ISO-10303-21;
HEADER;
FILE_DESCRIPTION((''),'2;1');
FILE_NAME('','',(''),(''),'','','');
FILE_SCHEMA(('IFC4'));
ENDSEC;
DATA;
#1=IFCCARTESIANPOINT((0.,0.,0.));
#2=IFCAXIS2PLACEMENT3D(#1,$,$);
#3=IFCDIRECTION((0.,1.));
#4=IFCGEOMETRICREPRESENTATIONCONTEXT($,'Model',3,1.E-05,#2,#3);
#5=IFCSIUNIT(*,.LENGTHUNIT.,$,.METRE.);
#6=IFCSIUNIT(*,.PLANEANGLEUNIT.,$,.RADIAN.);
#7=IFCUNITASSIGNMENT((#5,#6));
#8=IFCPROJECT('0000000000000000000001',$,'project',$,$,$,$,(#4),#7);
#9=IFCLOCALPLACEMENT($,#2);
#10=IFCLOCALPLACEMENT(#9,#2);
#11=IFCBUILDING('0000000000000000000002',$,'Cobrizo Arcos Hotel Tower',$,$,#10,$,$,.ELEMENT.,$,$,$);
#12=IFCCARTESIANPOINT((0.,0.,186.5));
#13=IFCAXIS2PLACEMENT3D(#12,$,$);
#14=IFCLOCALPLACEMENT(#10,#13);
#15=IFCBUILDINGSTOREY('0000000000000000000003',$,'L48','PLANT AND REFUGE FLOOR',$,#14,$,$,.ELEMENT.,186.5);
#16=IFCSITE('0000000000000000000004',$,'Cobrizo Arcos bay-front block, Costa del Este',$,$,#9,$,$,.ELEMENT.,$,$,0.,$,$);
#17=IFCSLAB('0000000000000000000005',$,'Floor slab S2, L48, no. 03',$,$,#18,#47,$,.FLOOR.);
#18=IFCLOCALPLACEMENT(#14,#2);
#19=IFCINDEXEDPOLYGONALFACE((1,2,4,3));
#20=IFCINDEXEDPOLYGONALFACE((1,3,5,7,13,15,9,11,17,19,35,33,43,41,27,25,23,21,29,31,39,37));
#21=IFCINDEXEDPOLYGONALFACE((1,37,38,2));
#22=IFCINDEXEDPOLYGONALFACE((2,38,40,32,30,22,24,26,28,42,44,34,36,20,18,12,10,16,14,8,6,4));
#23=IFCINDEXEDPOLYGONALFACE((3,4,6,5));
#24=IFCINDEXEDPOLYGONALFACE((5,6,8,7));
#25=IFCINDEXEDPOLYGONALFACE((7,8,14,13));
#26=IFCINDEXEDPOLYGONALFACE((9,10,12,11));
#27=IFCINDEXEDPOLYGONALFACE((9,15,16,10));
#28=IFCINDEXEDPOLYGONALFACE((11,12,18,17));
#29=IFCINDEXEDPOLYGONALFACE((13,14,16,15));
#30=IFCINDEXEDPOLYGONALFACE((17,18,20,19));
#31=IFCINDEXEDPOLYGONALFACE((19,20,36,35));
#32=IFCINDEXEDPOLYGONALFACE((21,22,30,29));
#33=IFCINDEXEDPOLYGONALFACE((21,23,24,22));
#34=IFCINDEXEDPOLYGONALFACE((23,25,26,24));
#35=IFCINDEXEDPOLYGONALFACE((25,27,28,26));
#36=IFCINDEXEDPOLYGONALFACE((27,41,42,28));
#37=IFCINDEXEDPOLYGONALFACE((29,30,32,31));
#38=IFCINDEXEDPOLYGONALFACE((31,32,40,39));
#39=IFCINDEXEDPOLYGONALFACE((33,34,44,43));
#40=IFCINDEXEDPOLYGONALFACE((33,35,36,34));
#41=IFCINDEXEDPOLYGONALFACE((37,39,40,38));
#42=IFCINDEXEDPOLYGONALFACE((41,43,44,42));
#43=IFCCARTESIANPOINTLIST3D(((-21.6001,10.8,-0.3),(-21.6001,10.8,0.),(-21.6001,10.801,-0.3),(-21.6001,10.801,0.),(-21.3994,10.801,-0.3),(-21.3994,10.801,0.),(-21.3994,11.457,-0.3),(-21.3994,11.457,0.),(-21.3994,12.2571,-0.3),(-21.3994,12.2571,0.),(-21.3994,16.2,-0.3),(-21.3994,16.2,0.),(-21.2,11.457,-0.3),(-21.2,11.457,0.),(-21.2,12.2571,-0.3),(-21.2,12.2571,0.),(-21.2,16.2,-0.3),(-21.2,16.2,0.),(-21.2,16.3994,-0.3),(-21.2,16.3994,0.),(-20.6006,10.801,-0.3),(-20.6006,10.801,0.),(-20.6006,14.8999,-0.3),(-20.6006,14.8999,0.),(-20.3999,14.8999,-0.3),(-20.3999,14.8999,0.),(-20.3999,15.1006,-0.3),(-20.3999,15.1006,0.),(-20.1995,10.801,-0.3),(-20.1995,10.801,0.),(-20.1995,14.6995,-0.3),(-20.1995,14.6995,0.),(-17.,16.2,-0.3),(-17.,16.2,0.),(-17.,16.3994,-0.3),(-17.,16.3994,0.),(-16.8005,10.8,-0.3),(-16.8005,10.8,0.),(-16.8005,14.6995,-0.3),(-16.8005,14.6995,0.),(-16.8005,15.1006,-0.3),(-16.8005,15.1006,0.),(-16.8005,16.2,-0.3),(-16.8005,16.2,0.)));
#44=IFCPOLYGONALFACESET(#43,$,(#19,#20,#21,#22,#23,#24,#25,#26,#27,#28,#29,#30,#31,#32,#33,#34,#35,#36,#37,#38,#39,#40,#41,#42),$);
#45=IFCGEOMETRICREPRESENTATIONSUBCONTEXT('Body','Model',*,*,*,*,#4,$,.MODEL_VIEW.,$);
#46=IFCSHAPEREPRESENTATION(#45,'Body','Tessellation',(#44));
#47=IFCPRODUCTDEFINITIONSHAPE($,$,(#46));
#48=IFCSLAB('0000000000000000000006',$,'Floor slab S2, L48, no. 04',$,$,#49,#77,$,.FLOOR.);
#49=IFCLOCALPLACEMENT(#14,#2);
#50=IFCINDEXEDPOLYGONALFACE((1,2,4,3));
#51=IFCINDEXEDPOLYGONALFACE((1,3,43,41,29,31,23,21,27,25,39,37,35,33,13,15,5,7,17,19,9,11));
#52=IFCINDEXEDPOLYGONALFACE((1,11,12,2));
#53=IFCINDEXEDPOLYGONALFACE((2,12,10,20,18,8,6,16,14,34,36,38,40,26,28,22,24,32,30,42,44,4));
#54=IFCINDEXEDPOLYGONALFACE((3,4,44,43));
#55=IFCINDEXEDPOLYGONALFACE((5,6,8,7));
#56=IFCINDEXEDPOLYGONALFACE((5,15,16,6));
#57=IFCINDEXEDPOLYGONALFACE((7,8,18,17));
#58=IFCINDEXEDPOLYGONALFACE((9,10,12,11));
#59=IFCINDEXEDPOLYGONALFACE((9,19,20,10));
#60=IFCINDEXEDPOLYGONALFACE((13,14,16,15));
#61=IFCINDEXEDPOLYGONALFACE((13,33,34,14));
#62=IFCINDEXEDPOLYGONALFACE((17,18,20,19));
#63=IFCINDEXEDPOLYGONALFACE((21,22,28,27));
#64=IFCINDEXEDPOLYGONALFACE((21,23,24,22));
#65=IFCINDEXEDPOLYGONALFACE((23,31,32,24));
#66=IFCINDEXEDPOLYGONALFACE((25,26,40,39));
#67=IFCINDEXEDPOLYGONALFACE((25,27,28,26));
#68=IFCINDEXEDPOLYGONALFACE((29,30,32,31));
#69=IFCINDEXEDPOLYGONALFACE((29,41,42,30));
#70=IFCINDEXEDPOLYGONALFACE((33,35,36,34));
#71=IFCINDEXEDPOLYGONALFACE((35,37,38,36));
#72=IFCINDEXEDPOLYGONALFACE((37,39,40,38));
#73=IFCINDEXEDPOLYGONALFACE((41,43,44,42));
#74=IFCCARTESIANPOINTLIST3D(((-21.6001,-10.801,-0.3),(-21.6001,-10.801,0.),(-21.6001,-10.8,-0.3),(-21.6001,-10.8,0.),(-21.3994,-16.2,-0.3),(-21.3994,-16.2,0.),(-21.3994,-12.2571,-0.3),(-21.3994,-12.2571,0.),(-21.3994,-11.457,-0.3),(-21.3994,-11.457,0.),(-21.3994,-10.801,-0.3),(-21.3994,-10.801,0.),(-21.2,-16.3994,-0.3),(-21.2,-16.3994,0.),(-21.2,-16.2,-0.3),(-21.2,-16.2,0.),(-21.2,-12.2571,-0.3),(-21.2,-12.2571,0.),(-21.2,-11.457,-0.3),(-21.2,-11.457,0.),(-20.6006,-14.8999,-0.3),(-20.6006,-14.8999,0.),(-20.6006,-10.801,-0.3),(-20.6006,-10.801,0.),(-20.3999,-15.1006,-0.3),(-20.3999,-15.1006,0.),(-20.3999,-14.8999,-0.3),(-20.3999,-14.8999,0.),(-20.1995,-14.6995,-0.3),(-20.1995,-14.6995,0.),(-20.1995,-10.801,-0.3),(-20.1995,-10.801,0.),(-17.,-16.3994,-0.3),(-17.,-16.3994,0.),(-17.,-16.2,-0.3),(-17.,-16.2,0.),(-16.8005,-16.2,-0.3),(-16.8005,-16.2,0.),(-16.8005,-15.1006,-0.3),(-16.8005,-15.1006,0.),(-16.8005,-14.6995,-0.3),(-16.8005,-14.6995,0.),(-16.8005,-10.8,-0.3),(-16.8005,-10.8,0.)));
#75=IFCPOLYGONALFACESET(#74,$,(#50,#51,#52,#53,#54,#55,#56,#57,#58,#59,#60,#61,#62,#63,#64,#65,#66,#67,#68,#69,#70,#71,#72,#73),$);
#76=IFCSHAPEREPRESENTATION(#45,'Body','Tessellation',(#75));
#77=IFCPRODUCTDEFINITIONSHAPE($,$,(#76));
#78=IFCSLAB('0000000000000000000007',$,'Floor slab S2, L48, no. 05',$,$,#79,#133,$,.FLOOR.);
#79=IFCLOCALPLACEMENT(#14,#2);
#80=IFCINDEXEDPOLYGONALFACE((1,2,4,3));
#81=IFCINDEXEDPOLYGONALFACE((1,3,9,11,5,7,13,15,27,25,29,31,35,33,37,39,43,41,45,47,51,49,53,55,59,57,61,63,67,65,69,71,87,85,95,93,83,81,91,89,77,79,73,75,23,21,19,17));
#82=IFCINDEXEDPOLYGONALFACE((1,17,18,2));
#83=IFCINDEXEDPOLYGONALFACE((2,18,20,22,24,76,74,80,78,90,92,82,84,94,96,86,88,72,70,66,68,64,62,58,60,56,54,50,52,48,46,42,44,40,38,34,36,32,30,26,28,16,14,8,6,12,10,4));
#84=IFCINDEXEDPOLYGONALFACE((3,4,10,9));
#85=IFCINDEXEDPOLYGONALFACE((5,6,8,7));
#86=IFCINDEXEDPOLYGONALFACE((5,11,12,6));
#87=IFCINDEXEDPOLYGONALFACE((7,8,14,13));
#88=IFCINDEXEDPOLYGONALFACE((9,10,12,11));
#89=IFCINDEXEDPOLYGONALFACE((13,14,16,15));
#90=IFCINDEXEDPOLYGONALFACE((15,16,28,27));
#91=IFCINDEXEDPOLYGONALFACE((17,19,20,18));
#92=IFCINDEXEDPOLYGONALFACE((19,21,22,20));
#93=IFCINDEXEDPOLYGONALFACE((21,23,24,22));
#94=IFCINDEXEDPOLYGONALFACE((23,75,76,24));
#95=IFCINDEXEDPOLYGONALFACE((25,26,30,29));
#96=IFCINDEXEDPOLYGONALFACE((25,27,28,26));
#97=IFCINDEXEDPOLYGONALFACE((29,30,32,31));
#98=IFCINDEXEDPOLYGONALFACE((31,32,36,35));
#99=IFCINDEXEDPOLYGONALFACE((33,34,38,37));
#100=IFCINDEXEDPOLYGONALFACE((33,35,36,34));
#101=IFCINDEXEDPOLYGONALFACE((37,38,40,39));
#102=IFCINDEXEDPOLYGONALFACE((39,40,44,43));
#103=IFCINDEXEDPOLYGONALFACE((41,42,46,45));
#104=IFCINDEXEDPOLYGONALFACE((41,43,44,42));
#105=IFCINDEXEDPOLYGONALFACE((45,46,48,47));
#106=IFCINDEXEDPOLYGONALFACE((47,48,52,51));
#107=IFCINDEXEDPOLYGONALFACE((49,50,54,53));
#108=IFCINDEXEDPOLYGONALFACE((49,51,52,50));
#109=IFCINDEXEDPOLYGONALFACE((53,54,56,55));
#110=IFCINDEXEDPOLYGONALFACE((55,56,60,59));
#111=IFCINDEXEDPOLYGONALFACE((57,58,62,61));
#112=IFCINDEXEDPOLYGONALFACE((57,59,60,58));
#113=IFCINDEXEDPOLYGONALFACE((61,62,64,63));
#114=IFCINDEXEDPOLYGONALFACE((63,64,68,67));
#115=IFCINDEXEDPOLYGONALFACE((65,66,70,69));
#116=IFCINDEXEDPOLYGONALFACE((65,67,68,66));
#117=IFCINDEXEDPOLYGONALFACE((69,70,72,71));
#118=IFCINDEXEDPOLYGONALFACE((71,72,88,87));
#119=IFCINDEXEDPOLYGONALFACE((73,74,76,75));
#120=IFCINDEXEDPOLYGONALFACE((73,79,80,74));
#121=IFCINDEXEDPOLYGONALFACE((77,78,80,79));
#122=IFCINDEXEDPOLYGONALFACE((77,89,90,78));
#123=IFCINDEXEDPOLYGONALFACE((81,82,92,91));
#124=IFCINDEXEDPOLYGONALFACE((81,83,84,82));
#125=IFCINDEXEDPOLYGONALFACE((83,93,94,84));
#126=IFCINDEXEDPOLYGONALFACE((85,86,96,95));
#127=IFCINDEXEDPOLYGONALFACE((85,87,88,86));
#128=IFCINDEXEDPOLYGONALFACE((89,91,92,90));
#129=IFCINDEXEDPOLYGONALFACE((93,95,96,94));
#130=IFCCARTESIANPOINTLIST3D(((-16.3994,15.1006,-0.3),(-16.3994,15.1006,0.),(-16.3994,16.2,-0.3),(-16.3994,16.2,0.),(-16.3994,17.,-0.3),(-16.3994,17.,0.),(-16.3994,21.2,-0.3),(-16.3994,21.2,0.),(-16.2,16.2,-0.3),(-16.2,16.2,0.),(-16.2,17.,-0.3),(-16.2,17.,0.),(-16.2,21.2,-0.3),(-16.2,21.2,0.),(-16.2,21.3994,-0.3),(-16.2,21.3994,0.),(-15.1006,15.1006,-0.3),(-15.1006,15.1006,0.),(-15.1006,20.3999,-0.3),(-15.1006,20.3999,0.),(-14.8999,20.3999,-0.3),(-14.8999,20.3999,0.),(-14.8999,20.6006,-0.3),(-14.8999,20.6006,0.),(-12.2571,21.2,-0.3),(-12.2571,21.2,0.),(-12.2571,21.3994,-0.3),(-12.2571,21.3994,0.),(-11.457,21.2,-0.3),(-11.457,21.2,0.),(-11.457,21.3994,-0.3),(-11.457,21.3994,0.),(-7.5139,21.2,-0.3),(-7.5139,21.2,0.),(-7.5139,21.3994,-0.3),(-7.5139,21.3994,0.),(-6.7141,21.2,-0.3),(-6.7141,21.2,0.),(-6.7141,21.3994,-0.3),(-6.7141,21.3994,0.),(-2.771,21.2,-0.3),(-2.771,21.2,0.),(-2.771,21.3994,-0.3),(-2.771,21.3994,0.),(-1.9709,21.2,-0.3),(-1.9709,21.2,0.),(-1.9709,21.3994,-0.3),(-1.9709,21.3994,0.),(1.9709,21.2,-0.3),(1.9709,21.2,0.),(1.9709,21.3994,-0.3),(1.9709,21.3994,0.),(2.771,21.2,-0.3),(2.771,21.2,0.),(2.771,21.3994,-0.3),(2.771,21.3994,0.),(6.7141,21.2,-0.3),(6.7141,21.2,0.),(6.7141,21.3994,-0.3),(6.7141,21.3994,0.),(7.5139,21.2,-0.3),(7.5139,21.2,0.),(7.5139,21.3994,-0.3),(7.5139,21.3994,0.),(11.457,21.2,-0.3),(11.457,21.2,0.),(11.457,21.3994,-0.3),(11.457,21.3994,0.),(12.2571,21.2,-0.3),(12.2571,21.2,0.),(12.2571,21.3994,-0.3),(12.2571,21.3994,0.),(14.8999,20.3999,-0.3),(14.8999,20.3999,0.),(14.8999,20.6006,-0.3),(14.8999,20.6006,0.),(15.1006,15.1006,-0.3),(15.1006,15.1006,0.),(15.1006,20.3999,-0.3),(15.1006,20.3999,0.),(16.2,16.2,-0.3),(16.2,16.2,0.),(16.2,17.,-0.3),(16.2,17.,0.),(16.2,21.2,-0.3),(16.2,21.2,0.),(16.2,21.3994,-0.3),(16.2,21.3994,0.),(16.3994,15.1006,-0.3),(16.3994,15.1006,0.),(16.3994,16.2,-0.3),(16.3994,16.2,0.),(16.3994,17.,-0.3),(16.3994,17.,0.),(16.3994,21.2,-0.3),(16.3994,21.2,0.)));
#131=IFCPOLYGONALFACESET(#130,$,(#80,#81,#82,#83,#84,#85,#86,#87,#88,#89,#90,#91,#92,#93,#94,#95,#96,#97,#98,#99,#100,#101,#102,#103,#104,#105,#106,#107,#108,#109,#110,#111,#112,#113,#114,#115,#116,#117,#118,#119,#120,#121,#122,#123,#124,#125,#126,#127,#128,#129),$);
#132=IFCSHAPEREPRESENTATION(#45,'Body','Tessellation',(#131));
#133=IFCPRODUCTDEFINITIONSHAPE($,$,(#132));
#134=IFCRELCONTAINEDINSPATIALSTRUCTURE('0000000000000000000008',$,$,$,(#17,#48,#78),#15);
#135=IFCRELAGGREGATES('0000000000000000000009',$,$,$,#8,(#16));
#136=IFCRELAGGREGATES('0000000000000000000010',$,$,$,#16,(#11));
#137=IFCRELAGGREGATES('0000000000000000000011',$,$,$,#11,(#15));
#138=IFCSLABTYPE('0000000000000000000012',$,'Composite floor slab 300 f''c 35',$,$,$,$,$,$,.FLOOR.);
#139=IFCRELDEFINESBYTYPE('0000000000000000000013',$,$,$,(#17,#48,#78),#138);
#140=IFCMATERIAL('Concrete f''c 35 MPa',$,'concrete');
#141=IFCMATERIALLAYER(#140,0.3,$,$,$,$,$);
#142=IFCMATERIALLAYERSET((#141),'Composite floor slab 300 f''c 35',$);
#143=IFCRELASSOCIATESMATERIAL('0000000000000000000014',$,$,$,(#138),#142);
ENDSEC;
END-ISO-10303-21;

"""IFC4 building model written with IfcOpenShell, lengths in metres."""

from ifc_helpers import new_model, si_unit, direction, frame, origin, place, context, subcontext, project, spatial, polyline, outline, extrude, material, layer, layer_set, type_object, element, save


model = new_model("IFC4")

# Units and contexts
model_context = context("Model", 3, precision=1e-05, world=origin(), true_north=direction((0.0, 1.0)))
body_context = subcontext(model_context, "Body", "Model", "MODEL_VIEW")
ifc_project = project(units=[si_unit("LENGTHUNIT", "METRE"), si_unit("PLANEANGLEUNIT", "RADIAN")], contexts=[model_context])

# Site, building, storey
site_placement = place(None, origin())
site = spatial("IfcSite", under=ifc_project, at=site_placement, Name="Cobrizo Arcos bay-front block, Costa del Este", CompositionType="ELEMENT", RefElevation=0.0)
building_placement = place(site_placement, origin())
building = spatial("IfcBuilding", under=site, at=building_placement, Name="Cobrizo Arcos Hotel Tower", CompositionType="ELEMENT")
storey_placement = place(building_placement, frame((0.0, 0.0, 186.5)))
storey = spatial("IfcBuildingStorey", under=building, at=storey_placement, Name="L48", Description="PLANT AND REFUGE FLOOR", CompositionType="ELEMENT", Elevation=186.5)

# Slabs
ifc_material_1 = material(Name="Concrete f'c 35 MPa", Category="concrete")
ifc_layer_1 = layer(ifc_material_1, 0.3)
ifc_layer_set_1 = layer_set([ifc_layer_1], Name="Composite floor slab 300 f'c 35")
slab_type_1 = type_object("IfcSlabType", Name="Composite floor slab 300 f'c 35", PredefinedType="FLOOR", material=ifc_layer_set_1)
slab_1_placement = place(storey_placement, frame((0.0, 0.0, -0.3)))
element("IfcSlab", 1, at=slab_1_placement, inside=storey, type_object=slab_type_1, Name="Floor slab S2, L48, no. 03", PredefinedType="FLOOR", context=body_context, shape_type="SweptSolid", body=[
    extrude(outline(polyline([(-21.6001, 10.801), (-21.3994, 10.801), (-21.3994, 11.457), (-21.2, 11.457), (-21.2, 12.2571), (-21.3994, 12.2571), (-21.3994, 16.2), (-21.2, 16.2), (-21.2, 16.3994), (-17.0, 16.3994), (-17.0, 16.2), (-16.8005, 16.2), (-16.8005, 15.1006), (-20.3999, 15.1006), (-20.3999, 14.8999), (-20.6006, 14.8999), (-20.6006, 10.801), (-20.1995, 10.801), (-20.1995, 14.6995), (-16.8005, 14.6995), (-16.8005, 10.8), (-21.6001, 10.8), (-21.6001, 10.801)])), origin(), (0.0, 0.0, 1.0), 0.3),
])
slab_2_placement = place(storey_placement, frame((0.0, 0.0, -0.3)))
element("IfcSlab", 2, at=slab_2_placement, inside=storey, type_object=slab_type_1, Name="Floor slab S2, L48, no. 04", PredefinedType="FLOOR", context=body_context, shape_type="SweptSolid", body=[
    extrude(outline(polyline([(-21.6001, -10.8), (-16.8005, -10.8), (-16.8005, -14.6995), (-20.1995, -14.6995), (-20.1995, -10.801), (-20.6006, -10.801), (-20.6006, -14.8999), (-20.3999, -14.8999), (-20.3999, -15.1006), (-16.8005, -15.1006), (-16.8005, -16.2), (-17.0, -16.2), (-17.0, -16.3994), (-21.2, -16.3994), (-21.2, -16.2), (-21.3994, -16.2), (-21.3994, -12.2571), (-21.2, -12.2571), (-21.2, -11.457), (-21.3994, -11.457), (-21.3994, -10.801), (-21.6001, -10.801), (-21.6001, -10.8)])), origin(), (0.0, 0.0, 1.0), 0.3),
])
slab_3_placement = place(storey_placement, frame((0.0, 0.0, -0.3)))
element("IfcSlab", 3, at=slab_3_placement, inside=storey, type_object=slab_type_1, Name="Floor slab S2, L48, no. 05", PredefinedType="FLOOR", context=body_context, shape_type="SweptSolid", body=[
    extrude(outline(polyline([(-16.2, 21.3994), (-12.2571, 21.3994), (-12.2571, 21.2), (-11.457, 21.2), (-11.457, 21.3994), (-7.5139, 21.3994), (-7.5139, 21.2), (-6.7141, 21.2), (-6.7141, 21.3994), (-2.771, 21.3994), (-2.771, 21.2), (-1.9709, 21.2), (-1.9709, 21.3994), (1.9709, 21.3994), (1.9709, 21.2), (2.771, 21.2), (2.771, 21.3994), (6.7141, 21.3994), (6.7141, 21.2), (7.5139, 21.2), (7.5139, 21.3994), (11.457, 21.3994), (11.457, 21.2), (12.2571, 21.2), (12.2571, 21.3994), (16.2, 21.3994), (16.2, 21.2), (16.3994, 21.2), (16.3994, 17.0), (16.2, 17.0), (16.2, 16.2), (16.3994, 16.2), (16.3994, 15.1006), (15.1006, 15.1006), (15.1006, 20.3999), (14.8999, 20.3999), (14.8999, 20.6006), (-14.8999, 20.6006), (-14.8999, 20.3999), (-15.1006, 20.3999), (-15.1006, 15.1006), (-16.3994, 15.1006), (-16.3994, 16.2), (-16.2, 16.2), (-16.2, 17.0), (-16.3994, 17.0), (-16.3994, 21.2), (-16.2, 21.2), (-16.2, 21.3994)])), origin(), (0.0, 0.0, 1.0), 0.3),
])

save(model, "model.ifc")
